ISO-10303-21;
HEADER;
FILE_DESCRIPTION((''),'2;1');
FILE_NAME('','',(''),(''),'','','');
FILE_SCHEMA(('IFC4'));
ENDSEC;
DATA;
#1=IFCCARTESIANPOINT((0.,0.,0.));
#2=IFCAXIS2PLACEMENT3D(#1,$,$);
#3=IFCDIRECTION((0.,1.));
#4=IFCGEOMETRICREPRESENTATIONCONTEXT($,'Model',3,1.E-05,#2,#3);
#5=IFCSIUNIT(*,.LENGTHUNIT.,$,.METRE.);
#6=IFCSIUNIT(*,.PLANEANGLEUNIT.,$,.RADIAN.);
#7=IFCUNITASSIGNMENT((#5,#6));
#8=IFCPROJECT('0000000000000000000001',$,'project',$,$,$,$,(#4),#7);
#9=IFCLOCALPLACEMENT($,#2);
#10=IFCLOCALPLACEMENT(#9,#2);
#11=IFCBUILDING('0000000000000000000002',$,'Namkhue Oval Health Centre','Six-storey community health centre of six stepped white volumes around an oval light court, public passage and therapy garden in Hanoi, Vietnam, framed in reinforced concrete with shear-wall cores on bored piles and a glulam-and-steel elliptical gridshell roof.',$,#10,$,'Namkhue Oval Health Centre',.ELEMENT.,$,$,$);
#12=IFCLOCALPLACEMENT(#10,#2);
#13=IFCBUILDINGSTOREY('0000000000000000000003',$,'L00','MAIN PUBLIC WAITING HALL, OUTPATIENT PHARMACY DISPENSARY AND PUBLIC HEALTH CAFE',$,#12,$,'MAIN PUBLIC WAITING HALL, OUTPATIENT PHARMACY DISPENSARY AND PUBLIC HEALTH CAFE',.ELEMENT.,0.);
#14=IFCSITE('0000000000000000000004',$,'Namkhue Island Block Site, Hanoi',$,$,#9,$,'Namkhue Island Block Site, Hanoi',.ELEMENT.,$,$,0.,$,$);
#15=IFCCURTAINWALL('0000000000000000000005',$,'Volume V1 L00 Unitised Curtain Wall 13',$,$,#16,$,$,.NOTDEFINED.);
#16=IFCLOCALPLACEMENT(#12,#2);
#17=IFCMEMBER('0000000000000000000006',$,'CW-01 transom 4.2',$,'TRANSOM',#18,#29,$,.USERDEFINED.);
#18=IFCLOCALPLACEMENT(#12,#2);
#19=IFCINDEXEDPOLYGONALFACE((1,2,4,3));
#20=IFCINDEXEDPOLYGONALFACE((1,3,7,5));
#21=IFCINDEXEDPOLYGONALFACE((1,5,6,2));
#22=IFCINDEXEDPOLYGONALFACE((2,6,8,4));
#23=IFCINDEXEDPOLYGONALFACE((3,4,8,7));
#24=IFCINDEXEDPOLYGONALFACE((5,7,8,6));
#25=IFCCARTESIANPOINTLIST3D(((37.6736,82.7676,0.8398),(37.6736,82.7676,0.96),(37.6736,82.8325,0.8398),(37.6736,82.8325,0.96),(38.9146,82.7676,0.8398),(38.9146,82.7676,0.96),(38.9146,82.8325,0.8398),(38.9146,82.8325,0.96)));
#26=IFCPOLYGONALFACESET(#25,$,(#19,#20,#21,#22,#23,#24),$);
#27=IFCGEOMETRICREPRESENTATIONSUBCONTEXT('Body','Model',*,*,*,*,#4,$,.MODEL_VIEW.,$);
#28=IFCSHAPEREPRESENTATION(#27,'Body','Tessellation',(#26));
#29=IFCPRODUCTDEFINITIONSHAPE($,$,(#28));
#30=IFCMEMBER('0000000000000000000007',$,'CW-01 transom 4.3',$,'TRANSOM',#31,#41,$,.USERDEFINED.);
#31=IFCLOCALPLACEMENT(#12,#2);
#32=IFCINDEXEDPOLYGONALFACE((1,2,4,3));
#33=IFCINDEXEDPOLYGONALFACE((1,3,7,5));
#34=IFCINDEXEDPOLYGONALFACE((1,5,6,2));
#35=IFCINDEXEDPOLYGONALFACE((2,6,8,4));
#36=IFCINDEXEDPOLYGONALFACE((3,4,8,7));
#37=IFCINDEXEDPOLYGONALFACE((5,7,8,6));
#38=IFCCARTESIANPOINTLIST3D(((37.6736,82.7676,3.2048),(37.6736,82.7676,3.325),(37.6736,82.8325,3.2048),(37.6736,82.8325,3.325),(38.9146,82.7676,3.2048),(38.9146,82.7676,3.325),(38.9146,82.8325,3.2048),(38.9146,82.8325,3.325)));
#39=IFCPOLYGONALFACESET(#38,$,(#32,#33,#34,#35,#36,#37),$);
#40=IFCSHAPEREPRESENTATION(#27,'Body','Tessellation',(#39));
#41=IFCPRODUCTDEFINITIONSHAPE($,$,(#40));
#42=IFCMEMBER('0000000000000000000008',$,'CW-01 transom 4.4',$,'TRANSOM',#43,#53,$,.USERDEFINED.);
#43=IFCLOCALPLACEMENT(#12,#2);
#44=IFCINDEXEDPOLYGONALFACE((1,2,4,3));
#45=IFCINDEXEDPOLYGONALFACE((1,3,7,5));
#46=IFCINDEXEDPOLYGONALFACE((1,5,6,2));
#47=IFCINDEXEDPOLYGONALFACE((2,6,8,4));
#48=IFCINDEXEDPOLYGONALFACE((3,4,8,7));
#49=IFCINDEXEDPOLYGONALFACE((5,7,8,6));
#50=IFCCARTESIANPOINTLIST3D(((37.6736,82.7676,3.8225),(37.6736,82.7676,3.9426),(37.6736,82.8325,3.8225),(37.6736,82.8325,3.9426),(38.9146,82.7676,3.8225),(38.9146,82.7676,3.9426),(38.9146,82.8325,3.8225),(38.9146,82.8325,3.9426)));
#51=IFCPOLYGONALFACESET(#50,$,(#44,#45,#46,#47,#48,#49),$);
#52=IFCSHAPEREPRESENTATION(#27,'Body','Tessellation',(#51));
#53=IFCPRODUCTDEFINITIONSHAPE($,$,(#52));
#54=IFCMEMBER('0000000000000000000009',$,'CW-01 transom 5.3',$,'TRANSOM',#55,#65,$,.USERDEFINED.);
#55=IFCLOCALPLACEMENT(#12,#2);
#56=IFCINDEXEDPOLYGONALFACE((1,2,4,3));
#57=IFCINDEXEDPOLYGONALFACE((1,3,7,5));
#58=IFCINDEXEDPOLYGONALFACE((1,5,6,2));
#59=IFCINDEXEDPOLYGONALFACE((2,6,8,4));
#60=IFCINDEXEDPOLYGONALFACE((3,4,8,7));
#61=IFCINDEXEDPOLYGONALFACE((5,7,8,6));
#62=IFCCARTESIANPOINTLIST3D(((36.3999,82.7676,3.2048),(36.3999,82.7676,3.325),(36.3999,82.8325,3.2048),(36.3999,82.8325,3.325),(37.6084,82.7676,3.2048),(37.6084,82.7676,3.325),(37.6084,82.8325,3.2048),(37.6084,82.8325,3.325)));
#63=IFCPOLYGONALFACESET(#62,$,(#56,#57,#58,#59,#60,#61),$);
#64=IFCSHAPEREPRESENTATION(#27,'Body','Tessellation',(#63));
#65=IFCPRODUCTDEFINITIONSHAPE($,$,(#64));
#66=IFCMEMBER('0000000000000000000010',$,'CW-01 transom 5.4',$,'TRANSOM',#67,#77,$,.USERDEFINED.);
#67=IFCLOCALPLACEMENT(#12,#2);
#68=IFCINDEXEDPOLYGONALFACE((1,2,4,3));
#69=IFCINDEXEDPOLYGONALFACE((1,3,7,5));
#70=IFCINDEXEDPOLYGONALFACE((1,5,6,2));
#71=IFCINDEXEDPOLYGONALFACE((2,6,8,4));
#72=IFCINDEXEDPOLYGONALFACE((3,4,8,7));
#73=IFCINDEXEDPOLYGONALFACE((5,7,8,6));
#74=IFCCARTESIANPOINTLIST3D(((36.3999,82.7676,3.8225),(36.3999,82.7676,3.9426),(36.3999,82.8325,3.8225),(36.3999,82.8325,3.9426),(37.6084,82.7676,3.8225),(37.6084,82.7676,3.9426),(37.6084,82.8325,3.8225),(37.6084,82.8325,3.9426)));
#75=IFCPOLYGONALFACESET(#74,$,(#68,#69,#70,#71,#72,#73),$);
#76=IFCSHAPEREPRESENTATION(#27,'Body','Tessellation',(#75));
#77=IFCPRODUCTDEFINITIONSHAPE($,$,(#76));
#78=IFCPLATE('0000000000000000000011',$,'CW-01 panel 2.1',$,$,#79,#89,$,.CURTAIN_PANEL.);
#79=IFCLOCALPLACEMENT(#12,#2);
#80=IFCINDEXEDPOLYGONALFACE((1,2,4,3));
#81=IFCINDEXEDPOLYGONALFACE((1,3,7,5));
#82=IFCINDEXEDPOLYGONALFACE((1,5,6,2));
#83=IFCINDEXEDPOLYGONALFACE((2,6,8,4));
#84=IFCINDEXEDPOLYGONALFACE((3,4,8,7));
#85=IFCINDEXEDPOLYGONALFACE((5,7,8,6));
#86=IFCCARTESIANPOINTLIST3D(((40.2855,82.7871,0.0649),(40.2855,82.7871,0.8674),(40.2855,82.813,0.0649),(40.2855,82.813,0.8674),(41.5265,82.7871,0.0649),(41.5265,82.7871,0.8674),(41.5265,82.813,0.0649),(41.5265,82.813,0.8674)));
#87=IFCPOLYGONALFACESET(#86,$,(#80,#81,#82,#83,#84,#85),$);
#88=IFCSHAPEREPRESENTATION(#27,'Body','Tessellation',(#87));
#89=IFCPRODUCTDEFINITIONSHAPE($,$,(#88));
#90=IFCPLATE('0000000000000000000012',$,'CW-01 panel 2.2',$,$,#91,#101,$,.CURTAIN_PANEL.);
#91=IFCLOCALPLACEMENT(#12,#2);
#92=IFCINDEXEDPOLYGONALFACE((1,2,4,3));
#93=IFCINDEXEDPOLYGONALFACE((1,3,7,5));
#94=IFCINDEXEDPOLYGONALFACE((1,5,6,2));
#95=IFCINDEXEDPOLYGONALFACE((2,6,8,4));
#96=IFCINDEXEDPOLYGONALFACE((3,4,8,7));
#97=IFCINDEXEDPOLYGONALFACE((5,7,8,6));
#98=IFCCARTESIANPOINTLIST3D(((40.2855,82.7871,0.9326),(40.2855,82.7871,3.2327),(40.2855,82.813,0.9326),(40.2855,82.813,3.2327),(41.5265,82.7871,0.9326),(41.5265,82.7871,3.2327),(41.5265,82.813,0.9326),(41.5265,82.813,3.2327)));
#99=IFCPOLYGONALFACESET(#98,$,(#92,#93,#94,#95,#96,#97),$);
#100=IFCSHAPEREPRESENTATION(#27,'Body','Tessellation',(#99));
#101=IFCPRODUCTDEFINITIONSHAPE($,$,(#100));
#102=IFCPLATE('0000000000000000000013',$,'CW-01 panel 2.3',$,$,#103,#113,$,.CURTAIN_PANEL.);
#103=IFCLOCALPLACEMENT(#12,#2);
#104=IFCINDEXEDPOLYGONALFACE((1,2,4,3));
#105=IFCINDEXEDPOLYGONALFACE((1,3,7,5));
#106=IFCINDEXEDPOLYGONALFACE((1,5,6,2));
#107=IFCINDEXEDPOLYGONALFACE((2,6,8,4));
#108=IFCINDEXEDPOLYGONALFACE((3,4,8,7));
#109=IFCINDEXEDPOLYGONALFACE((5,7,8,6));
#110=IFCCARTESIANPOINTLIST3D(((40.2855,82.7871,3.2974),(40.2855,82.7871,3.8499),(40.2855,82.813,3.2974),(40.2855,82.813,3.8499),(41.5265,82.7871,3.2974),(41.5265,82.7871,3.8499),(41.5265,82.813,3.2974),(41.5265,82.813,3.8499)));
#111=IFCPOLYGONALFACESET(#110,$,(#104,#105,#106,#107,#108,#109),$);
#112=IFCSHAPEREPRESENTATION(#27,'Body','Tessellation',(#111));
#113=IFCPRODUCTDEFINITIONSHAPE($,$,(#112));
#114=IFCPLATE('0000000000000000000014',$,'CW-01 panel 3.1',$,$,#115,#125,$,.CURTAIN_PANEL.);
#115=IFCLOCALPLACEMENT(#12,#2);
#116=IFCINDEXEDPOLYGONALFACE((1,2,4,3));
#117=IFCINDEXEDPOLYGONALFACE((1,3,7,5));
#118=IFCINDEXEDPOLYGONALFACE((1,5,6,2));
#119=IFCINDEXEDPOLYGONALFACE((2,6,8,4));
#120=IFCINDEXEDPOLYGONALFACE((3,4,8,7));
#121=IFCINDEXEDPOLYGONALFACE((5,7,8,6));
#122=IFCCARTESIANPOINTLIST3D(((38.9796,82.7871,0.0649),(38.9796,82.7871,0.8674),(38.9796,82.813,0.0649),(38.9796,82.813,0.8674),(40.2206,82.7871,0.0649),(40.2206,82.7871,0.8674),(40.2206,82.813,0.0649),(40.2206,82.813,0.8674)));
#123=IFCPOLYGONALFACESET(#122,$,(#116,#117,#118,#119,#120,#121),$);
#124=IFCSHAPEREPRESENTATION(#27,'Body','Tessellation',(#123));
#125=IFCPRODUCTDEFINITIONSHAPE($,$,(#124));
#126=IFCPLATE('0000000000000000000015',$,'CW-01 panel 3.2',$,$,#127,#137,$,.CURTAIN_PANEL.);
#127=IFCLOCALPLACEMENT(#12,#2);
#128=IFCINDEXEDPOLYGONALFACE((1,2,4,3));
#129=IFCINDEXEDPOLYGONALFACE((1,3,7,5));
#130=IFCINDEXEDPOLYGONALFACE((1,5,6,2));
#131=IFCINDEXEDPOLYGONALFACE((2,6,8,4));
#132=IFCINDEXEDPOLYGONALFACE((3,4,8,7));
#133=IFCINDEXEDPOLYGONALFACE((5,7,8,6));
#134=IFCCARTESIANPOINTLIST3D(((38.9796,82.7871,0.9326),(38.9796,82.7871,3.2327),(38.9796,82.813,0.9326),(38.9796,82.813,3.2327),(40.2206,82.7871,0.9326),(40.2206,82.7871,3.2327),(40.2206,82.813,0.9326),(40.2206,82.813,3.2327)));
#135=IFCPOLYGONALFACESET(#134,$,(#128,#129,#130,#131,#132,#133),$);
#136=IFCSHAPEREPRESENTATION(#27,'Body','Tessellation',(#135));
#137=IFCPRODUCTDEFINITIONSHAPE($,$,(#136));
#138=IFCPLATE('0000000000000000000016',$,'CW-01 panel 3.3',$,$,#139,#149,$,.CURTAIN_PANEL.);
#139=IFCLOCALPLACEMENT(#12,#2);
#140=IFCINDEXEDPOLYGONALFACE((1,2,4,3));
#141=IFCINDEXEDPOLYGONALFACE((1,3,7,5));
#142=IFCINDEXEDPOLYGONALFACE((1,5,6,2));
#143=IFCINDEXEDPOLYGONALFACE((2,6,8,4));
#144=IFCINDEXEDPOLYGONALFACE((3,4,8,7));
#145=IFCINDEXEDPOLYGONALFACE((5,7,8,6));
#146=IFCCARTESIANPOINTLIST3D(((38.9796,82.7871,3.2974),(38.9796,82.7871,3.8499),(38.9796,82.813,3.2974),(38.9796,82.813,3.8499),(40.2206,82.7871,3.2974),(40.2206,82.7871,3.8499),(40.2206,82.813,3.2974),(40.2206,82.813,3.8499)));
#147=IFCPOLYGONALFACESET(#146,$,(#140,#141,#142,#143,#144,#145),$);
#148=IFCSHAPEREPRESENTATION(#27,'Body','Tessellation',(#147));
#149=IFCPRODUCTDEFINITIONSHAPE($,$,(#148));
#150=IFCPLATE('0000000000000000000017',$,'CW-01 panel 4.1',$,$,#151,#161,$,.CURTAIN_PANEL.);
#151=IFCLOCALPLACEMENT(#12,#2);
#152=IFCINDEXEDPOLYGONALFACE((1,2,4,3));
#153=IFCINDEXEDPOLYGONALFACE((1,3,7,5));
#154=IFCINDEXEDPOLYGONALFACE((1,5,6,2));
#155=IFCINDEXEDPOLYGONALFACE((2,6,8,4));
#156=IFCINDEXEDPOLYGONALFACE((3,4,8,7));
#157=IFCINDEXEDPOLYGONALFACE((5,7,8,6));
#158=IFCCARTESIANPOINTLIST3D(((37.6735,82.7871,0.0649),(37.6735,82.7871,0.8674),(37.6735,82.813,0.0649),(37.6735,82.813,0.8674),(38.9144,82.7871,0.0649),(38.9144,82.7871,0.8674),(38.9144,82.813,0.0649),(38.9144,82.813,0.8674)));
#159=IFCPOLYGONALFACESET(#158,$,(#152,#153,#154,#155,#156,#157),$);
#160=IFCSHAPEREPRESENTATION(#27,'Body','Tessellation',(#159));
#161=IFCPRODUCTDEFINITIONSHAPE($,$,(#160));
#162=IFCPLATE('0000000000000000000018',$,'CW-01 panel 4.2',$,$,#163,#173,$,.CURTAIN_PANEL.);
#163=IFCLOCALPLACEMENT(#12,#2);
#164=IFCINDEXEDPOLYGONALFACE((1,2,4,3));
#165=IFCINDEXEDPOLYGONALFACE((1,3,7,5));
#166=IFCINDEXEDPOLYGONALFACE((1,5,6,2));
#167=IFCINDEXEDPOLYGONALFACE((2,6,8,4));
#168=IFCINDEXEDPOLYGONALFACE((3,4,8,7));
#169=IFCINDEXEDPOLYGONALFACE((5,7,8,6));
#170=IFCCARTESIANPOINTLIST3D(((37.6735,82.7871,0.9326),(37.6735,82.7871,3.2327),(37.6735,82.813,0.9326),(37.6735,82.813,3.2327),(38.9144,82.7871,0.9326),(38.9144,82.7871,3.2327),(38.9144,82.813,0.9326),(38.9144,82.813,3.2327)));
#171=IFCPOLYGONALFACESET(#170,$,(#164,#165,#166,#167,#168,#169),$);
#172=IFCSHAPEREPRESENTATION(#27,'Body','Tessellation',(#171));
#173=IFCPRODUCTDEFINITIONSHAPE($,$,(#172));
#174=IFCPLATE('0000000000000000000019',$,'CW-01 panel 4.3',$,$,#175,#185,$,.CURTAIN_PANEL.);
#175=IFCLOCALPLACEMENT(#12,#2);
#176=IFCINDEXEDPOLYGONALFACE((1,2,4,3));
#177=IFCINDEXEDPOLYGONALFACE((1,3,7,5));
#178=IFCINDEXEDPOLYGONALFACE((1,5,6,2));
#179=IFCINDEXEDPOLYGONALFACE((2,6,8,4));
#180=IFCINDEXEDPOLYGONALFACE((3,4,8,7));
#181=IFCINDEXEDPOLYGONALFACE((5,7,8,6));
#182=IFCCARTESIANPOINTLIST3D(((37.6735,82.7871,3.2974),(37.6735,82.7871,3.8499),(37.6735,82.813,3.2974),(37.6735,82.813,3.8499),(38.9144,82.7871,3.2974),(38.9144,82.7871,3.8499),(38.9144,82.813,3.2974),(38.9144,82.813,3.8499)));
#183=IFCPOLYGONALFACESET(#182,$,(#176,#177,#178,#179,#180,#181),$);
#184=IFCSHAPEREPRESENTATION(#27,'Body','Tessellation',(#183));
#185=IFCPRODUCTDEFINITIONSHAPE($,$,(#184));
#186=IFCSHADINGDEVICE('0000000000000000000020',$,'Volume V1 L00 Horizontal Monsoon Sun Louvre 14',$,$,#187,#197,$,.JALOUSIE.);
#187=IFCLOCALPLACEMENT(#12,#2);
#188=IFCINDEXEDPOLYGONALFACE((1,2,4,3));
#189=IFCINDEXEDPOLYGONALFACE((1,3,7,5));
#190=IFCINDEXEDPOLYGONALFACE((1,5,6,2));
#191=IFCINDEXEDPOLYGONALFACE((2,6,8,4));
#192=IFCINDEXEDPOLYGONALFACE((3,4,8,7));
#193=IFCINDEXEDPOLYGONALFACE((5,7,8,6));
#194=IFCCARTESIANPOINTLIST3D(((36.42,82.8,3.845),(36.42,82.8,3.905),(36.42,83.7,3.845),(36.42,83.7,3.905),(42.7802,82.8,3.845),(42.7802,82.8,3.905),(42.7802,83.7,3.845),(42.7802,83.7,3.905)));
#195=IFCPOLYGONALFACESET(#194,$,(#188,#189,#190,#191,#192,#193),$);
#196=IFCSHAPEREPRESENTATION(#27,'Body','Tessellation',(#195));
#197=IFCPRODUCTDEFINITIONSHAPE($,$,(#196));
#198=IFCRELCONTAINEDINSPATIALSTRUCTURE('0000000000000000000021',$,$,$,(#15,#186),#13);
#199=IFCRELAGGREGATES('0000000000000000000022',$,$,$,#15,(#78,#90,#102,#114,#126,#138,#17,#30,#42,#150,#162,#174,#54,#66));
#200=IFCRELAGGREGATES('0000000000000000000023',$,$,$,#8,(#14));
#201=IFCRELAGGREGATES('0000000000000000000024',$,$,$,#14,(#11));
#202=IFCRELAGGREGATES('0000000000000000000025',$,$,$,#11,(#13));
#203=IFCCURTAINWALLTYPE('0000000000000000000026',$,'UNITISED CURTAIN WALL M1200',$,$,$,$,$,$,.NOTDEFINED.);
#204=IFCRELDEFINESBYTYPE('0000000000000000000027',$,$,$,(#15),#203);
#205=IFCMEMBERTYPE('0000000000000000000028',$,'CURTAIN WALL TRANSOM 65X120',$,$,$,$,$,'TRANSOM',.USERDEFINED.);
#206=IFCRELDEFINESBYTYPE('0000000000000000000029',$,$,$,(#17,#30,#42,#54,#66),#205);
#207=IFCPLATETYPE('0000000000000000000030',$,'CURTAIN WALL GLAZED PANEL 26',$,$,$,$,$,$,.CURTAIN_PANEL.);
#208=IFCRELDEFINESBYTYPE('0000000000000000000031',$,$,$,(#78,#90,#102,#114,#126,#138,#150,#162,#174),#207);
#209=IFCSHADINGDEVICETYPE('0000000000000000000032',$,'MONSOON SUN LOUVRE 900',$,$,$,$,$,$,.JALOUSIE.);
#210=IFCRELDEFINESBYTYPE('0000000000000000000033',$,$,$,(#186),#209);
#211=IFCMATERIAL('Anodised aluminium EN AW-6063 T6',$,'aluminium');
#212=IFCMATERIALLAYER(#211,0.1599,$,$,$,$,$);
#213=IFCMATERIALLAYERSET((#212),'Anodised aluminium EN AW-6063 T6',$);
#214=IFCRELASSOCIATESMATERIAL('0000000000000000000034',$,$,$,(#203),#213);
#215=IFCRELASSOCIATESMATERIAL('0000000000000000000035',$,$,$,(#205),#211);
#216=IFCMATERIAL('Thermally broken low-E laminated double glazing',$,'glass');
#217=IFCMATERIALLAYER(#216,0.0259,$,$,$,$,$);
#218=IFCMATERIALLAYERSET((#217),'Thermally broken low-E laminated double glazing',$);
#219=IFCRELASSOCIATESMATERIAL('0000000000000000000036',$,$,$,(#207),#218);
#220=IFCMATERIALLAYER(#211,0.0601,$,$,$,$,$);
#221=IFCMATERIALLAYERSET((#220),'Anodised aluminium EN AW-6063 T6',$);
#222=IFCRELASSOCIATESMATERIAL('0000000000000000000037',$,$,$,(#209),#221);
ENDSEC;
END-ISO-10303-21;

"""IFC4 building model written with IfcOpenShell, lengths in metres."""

from ifc_helpers import new_model, si_unit, direction, frame, origin, origin_2d, place, context, subcontext, project, spatial, rectangle, extrude, material, layer, layer_set, material_profile, profile_set, type_object, element, aggregate, save


model = new_model("IFC4")

# Units and contexts
model_context = context("Model", 3, precision=1e-05, world=origin(), true_north=direction((0.0, 1.0)))
body_context = subcontext(model_context, "Body", "Model", "MODEL_VIEW")
ifc_project = project(units=[si_unit("LENGTHUNIT", "METRE"), si_unit("PLANEANGLEUNIT", "RADIAN")], contexts=[model_context])

# Site, building, storey
site_placement = place(None, origin())
site = spatial("IfcSite", under=ifc_project, at=site_placement, Name="Namkhue Island Block Site, Hanoi", LongName="Namkhue Island Block Site, Hanoi", CompositionType="ELEMENT", RefElevation=0.0)
building_placement = place(site_placement, origin())
building = spatial("IfcBuilding", under=site, at=building_placement, Name="Namkhue Oval Health Centre", Description="Six-storey community health centre of six stepped white volumes around an oval light court, public passage and therapy garden in Hanoi, Vietnam, framed in reinforced concrete with shear-wall cores on bored piles and a glulam-and-steel elliptical gridshell roof.", LongName="Namkhue Oval Health Centre", CompositionType="ELEMENT")
storey_placement = place(building_placement, origin())
storey = spatial("IfcBuildingStorey", under=building, at=storey_placement, Name="L00", Description="MAIN PUBLIC WAITING HALL, OUTPATIENT PHARMACY DISPENSARY AND PUBLIC HEALTH CAFE", LongName="MAIN PUBLIC WAITING HALL, OUTPATIENT PHARMACY DISPENSARY AND PUBLIC HEALTH CAFE", CompositionType="ELEMENT", Elevation=0.0)

# Curtain wall, members, plates
ifc_material_1 = material(Name="Anodised aluminium EN AW-6063 T6", Category="aluminium")
ifc_layer_1 = layer(ifc_material_1, 0.1599)
ifc_layer_set_1 = layer_set([ifc_layer_1], Name="Anodised aluminium EN AW-6063 T6")
curtain_wall_type = type_object("IfcCurtainWallType", Name="UNITISED CURTAIN WALL M1200", PredefinedType="NOTDEFINED", material=ifc_layer_set_1)
curtain_wall_placement = place(storey_placement, origin())
curtain_wall = element("IfcCurtainWall", 1, at=curtain_wall_placement, inside=storey, type_object=curtain_wall_type, Name="Volume V1 L00 Unitised Curtain Wall 13", PredefinedType="NOTDEFINED")
ifc_material_profile_1 = material_profile(ifc_material_1, rectangle(XDim=0.0649, YDim=0.1201, at=origin_2d()), Name="ALU 65x120")
ifc_profile_set_1 = profile_set([ifc_material_profile_1], Name="Anodised aluminium EN AW-6063 T6")
member_type_1 = type_object("IfcMemberType", Name="CURTAIN WALL TRANSOM 65X120", ElementType="TRANSOM", PredefinedType="USERDEFINED", material=ifc_profile_set_1)
member_1_placement = place(storey_placement, frame((38.9146, 82.8, 0.8999), z_axis=(-1.0, 0.0, 0.0), x_axis=(0.0, -1.0, 0.0)))
member_1 = element("IfcMember", 2, at=member_1_placement, type_object=member_type_1, Name="CW-01 transom 4.2", ObjectType="TRANSOM", PredefinedType="USERDEFINED", context=body_context, shape_type="SweptSolid", body=[
    extrude(rectangle(XDim=0.0649, YDim=0.1201, at=origin_2d()), origin(), (0.0, 0.0, 1.0), 1.241),
])
member_2_placement = place(storey_placement, frame((38.9146, 82.8, 3.2649), z_axis=(-1.0, 0.0, 0.0), x_axis=(0.0, -1.0, 0.0)))
member_2 = element("IfcMember", 3, at=member_2_placement, type_object=member_type_1, Name="CW-01 transom 4.3", ObjectType="TRANSOM", PredefinedType="USERDEFINED", context=body_context, shape_type="SweptSolid", body=[
    extrude(rectangle(XDim=0.0649, YDim=0.1201, at=origin_2d()), origin(), (0.0, 0.0, 1.0), 1.241),
])
member_3_placement = place(storey_placement, frame((38.9146, 82.8, 3.8826), z_axis=(-1.0, 0.0, 0.0), x_axis=(0.0, -1.0, 0.0)))
member_3 = element("IfcMember", 4, at=member_3_placement, type_object=member_type_1, Name="CW-01 transom 4.4", ObjectType="TRANSOM", PredefinedType="USERDEFINED", context=body_context, shape_type="SweptSolid", body=[
    extrude(rectangle(XDim=0.0649, YDim=0.1201, at=origin_2d()), origin(), (0.0, 0.0, 1.0), 1.241),
])
member_4_placement = place(storey_placement, frame((37.6084, 82.8, 3.2649), z_axis=(-1.0, 0.0, 0.0), x_axis=(0.0, -1.0, 0.0)))
member_4 = element("IfcMember", 5, at=member_4_placement, type_object=member_type_1, Name="CW-01 transom 5.3", ObjectType="TRANSOM", PredefinedType="USERDEFINED", context=body_context, shape_type="SweptSolid", body=[
    extrude(rectangle(XDim=0.0649, YDim=0.1201, at=origin_2d()), origin(), (0.0, 0.0, 1.0), 1.2085),
])
member_5_placement = place(storey_placement, frame((37.6084, 82.8, 3.8826), z_axis=(-1.0, 0.0, 0.0), x_axis=(0.0, -1.0, 0.0)))
member_5 = element("IfcMember", 6, at=member_5_placement, type_object=member_type_1, Name="CW-01 transom 5.4", ObjectType="TRANSOM", PredefinedType="USERDEFINED", context=body_context, shape_type="SweptSolid", body=[
    extrude(rectangle(XDim=0.0649, YDim=0.1201, at=origin_2d()), origin(), (0.0, 0.0, 1.0), 1.2085),
])
ifc_material_2 = material(Name="Thermally broken low-E laminated double glazing", Category="glass")
ifc_layer_2 = layer(ifc_material_2, 0.0259)
ifc_layer_set_2 = layer_set([ifc_layer_2], Name="Thermally broken low-E laminated double glazing")
plate_type = type_object("IfcPlateType", Name="CURTAIN WALL GLAZED PANEL 26", PredefinedType="CURTAIN_PANEL", material=ifc_layer_set_2)
plate_1_placement = place(storey_placement, frame((40.906, 82.8, 0.0649), z_axis=(0.0, 0.0, 1.0), x_axis=(-1.0, 0.0, 0.0)))
plate_1 = element("IfcPlate", 7, at=plate_1_placement, type_object=plate_type, Name="CW-01 panel 2.1", PredefinedType="CURTAIN_PANEL", context=body_context, shape_type="SweptSolid", body=[
    extrude(rectangle(XDim=1.241, YDim=0.0259, at=origin_2d()), origin(), (0.0, 0.0, 1.0), 0.8025),
])
plate_2_placement = place(storey_placement, frame((40.906, 82.8, 0.9326), z_axis=(0.0, 0.0, 1.0), x_axis=(-1.0, 0.0, 0.0)))
plate_2 = element("IfcPlate", 8, at=plate_2_placement, type_object=plate_type, Name="CW-01 panel 2.2", PredefinedType="CURTAIN_PANEL", context=body_context, shape_type="SweptSolid", body=[
    extrude(rectangle(XDim=1.241, YDim=0.0259, at=origin_2d()), origin(), (0.0, 0.0, 1.0), 2.3),
])
plate_3_placement = place(storey_placement, frame((40.906, 82.8, 3.2974), z_axis=(0.0, 0.0, 1.0), x_axis=(-1.0, 0.0, 0.0)))
plate_3 = element("IfcPlate", 9, at=plate_3_placement, type_object=plate_type, Name="CW-01 panel 2.3", PredefinedType="CURTAIN_PANEL", context=body_context, shape_type="SweptSolid", body=[
    extrude(rectangle(XDim=1.241, YDim=0.0259, at=origin_2d()), origin(), (0.0, 0.0, 1.0), 0.5525),
])
plate_4_placement = place(storey_placement, frame((39.6001, 82.8, 0.0649), z_axis=(0.0, 0.0, 1.0), x_axis=(-1.0, 0.0, 0.0)))
plate_4 = element("IfcPlate", 10, at=plate_4_placement, type_object=plate_type, Name="CW-01 panel 3.1", PredefinedType="CURTAIN_PANEL", context=body_context, shape_type="SweptSolid", body=[
    extrude(rectangle(XDim=1.241, YDim=0.0259, at=origin_2d()), origin(), (0.0, 0.0, 1.0), 0.8025),
])
plate_5_placement = place(storey_placement, frame((39.6001, 82.8, 0.9326), z_axis=(0.0, 0.0, 1.0), x_axis=(-1.0, 0.0, 0.0)))
plate_5 = element("IfcPlate", 11, at=plate_5_placement, type_object=plate_type, Name="CW-01 panel 3.2", PredefinedType="CURTAIN_PANEL", context=body_context, shape_type="SweptSolid", body=[
    extrude(rectangle(XDim=1.241, YDim=0.0259, at=origin_2d()), origin(), (0.0, 0.0, 1.0), 2.3),
])
plate_6_placement = place(storey_placement, frame((39.6001, 82.8, 3.2974), z_axis=(0.0, 0.0, 1.0), x_axis=(-1.0, 0.0, 0.0)))
plate_6 = element("IfcPlate", 12, at=plate_6_placement, type_object=plate_type, Name="CW-01 panel 3.3", PredefinedType="CURTAIN_PANEL", context=body_context, shape_type="SweptSolid", body=[
    extrude(rectangle(XDim=1.241, YDim=0.0259, at=origin_2d()), origin(), (0.0, 0.0, 1.0), 0.5525),
])
plate_7_placement = place(storey_placement, frame((38.2939, 82.8, 0.0649), z_axis=(0.0, 0.0, 1.0), x_axis=(-1.0, 0.0, 0.0)))
plate_7 = element("IfcPlate", 13, at=plate_7_placement, type_object=plate_type, Name="CW-01 panel 4.1", PredefinedType="CURTAIN_PANEL", context=body_context, shape_type="SweptSolid", body=[
    extrude(rectangle(XDim=1.241, YDim=0.0259, at=origin_2d()), origin(), (0.0, 0.0, 1.0), 0.8025),
])
plate_8_placement = place(storey_placement, frame((38.2939, 82.8, 0.9326), z_axis=(0.0, 0.0, 1.0), x_axis=(-1.0, 0.0, 0.0)))
plate_8 = element("IfcPlate", 14, at=plate_8_placement, type_object=plate_type, Name="CW-01 panel 4.2", PredefinedType="CURTAIN_PANEL", context=body_context, shape_type="SweptSolid", body=[
    extrude(rectangle(XDim=1.241, YDim=0.0259, at=origin_2d()), origin(), (0.0, 0.0, 1.0), 2.3),
])
plate_9_placement = place(storey_placement, frame((38.2939, 82.8, 3.2974), z_axis=(0.0, 0.0, 1.0), x_axis=(-1.0, 0.0, 0.0)))
plate_9 = element("IfcPlate", 15, at=plate_9_placement, type_object=plate_type, Name="CW-01 panel 4.3", PredefinedType="CURTAIN_PANEL", context=body_context, shape_type="SweptSolid", body=[
    extrude(rectangle(XDim=1.241, YDim=0.0259, at=origin_2d()), origin(), (0.0, 0.0, 1.0), 0.5525),
])
aggregate(curtain_wall, [plate_1, plate_2, plate_3, plate_4, plate_5, plate_6, member_1, member_2, member_3, plate_7, plate_8, plate_9, member_4, member_5])

# Shading device
ifc_layer_3 = layer(ifc_material_1, 0.0601)
ifc_layer_set_3 = layer_set([ifc_layer_3], Name="Anodised aluminium EN AW-6063 T6")
shading_device_type = type_object("IfcShadingDeviceType", Name="MONSOON SUN LOUVRE 900", PredefinedType="JALOUSIE", material=ifc_layer_set_3)
shading_device_placement = place(storey_placement, frame((39.6001, 83.25, 3.845), z_axis=(0.0, 0.0, 1.0), x_axis=(-1.0, 0.0, 0.0)))
element("IfcShadingDevice", 16, at=shading_device_placement, inside=storey, type_object=shading_device_type, Name="Volume V1 L00 Horizontal Monsoon Sun Louvre 14", PredefinedType="JALOUSIE", context=body_context, shape_type="SweptSolid", body=[
    extrude(rectangle(XDim=6.3601, YDim=0.8999, at=origin_2d()), origin(), (0.0, 0.0, 1.0), 0.0601),
])

save(model, "model.ifc")
